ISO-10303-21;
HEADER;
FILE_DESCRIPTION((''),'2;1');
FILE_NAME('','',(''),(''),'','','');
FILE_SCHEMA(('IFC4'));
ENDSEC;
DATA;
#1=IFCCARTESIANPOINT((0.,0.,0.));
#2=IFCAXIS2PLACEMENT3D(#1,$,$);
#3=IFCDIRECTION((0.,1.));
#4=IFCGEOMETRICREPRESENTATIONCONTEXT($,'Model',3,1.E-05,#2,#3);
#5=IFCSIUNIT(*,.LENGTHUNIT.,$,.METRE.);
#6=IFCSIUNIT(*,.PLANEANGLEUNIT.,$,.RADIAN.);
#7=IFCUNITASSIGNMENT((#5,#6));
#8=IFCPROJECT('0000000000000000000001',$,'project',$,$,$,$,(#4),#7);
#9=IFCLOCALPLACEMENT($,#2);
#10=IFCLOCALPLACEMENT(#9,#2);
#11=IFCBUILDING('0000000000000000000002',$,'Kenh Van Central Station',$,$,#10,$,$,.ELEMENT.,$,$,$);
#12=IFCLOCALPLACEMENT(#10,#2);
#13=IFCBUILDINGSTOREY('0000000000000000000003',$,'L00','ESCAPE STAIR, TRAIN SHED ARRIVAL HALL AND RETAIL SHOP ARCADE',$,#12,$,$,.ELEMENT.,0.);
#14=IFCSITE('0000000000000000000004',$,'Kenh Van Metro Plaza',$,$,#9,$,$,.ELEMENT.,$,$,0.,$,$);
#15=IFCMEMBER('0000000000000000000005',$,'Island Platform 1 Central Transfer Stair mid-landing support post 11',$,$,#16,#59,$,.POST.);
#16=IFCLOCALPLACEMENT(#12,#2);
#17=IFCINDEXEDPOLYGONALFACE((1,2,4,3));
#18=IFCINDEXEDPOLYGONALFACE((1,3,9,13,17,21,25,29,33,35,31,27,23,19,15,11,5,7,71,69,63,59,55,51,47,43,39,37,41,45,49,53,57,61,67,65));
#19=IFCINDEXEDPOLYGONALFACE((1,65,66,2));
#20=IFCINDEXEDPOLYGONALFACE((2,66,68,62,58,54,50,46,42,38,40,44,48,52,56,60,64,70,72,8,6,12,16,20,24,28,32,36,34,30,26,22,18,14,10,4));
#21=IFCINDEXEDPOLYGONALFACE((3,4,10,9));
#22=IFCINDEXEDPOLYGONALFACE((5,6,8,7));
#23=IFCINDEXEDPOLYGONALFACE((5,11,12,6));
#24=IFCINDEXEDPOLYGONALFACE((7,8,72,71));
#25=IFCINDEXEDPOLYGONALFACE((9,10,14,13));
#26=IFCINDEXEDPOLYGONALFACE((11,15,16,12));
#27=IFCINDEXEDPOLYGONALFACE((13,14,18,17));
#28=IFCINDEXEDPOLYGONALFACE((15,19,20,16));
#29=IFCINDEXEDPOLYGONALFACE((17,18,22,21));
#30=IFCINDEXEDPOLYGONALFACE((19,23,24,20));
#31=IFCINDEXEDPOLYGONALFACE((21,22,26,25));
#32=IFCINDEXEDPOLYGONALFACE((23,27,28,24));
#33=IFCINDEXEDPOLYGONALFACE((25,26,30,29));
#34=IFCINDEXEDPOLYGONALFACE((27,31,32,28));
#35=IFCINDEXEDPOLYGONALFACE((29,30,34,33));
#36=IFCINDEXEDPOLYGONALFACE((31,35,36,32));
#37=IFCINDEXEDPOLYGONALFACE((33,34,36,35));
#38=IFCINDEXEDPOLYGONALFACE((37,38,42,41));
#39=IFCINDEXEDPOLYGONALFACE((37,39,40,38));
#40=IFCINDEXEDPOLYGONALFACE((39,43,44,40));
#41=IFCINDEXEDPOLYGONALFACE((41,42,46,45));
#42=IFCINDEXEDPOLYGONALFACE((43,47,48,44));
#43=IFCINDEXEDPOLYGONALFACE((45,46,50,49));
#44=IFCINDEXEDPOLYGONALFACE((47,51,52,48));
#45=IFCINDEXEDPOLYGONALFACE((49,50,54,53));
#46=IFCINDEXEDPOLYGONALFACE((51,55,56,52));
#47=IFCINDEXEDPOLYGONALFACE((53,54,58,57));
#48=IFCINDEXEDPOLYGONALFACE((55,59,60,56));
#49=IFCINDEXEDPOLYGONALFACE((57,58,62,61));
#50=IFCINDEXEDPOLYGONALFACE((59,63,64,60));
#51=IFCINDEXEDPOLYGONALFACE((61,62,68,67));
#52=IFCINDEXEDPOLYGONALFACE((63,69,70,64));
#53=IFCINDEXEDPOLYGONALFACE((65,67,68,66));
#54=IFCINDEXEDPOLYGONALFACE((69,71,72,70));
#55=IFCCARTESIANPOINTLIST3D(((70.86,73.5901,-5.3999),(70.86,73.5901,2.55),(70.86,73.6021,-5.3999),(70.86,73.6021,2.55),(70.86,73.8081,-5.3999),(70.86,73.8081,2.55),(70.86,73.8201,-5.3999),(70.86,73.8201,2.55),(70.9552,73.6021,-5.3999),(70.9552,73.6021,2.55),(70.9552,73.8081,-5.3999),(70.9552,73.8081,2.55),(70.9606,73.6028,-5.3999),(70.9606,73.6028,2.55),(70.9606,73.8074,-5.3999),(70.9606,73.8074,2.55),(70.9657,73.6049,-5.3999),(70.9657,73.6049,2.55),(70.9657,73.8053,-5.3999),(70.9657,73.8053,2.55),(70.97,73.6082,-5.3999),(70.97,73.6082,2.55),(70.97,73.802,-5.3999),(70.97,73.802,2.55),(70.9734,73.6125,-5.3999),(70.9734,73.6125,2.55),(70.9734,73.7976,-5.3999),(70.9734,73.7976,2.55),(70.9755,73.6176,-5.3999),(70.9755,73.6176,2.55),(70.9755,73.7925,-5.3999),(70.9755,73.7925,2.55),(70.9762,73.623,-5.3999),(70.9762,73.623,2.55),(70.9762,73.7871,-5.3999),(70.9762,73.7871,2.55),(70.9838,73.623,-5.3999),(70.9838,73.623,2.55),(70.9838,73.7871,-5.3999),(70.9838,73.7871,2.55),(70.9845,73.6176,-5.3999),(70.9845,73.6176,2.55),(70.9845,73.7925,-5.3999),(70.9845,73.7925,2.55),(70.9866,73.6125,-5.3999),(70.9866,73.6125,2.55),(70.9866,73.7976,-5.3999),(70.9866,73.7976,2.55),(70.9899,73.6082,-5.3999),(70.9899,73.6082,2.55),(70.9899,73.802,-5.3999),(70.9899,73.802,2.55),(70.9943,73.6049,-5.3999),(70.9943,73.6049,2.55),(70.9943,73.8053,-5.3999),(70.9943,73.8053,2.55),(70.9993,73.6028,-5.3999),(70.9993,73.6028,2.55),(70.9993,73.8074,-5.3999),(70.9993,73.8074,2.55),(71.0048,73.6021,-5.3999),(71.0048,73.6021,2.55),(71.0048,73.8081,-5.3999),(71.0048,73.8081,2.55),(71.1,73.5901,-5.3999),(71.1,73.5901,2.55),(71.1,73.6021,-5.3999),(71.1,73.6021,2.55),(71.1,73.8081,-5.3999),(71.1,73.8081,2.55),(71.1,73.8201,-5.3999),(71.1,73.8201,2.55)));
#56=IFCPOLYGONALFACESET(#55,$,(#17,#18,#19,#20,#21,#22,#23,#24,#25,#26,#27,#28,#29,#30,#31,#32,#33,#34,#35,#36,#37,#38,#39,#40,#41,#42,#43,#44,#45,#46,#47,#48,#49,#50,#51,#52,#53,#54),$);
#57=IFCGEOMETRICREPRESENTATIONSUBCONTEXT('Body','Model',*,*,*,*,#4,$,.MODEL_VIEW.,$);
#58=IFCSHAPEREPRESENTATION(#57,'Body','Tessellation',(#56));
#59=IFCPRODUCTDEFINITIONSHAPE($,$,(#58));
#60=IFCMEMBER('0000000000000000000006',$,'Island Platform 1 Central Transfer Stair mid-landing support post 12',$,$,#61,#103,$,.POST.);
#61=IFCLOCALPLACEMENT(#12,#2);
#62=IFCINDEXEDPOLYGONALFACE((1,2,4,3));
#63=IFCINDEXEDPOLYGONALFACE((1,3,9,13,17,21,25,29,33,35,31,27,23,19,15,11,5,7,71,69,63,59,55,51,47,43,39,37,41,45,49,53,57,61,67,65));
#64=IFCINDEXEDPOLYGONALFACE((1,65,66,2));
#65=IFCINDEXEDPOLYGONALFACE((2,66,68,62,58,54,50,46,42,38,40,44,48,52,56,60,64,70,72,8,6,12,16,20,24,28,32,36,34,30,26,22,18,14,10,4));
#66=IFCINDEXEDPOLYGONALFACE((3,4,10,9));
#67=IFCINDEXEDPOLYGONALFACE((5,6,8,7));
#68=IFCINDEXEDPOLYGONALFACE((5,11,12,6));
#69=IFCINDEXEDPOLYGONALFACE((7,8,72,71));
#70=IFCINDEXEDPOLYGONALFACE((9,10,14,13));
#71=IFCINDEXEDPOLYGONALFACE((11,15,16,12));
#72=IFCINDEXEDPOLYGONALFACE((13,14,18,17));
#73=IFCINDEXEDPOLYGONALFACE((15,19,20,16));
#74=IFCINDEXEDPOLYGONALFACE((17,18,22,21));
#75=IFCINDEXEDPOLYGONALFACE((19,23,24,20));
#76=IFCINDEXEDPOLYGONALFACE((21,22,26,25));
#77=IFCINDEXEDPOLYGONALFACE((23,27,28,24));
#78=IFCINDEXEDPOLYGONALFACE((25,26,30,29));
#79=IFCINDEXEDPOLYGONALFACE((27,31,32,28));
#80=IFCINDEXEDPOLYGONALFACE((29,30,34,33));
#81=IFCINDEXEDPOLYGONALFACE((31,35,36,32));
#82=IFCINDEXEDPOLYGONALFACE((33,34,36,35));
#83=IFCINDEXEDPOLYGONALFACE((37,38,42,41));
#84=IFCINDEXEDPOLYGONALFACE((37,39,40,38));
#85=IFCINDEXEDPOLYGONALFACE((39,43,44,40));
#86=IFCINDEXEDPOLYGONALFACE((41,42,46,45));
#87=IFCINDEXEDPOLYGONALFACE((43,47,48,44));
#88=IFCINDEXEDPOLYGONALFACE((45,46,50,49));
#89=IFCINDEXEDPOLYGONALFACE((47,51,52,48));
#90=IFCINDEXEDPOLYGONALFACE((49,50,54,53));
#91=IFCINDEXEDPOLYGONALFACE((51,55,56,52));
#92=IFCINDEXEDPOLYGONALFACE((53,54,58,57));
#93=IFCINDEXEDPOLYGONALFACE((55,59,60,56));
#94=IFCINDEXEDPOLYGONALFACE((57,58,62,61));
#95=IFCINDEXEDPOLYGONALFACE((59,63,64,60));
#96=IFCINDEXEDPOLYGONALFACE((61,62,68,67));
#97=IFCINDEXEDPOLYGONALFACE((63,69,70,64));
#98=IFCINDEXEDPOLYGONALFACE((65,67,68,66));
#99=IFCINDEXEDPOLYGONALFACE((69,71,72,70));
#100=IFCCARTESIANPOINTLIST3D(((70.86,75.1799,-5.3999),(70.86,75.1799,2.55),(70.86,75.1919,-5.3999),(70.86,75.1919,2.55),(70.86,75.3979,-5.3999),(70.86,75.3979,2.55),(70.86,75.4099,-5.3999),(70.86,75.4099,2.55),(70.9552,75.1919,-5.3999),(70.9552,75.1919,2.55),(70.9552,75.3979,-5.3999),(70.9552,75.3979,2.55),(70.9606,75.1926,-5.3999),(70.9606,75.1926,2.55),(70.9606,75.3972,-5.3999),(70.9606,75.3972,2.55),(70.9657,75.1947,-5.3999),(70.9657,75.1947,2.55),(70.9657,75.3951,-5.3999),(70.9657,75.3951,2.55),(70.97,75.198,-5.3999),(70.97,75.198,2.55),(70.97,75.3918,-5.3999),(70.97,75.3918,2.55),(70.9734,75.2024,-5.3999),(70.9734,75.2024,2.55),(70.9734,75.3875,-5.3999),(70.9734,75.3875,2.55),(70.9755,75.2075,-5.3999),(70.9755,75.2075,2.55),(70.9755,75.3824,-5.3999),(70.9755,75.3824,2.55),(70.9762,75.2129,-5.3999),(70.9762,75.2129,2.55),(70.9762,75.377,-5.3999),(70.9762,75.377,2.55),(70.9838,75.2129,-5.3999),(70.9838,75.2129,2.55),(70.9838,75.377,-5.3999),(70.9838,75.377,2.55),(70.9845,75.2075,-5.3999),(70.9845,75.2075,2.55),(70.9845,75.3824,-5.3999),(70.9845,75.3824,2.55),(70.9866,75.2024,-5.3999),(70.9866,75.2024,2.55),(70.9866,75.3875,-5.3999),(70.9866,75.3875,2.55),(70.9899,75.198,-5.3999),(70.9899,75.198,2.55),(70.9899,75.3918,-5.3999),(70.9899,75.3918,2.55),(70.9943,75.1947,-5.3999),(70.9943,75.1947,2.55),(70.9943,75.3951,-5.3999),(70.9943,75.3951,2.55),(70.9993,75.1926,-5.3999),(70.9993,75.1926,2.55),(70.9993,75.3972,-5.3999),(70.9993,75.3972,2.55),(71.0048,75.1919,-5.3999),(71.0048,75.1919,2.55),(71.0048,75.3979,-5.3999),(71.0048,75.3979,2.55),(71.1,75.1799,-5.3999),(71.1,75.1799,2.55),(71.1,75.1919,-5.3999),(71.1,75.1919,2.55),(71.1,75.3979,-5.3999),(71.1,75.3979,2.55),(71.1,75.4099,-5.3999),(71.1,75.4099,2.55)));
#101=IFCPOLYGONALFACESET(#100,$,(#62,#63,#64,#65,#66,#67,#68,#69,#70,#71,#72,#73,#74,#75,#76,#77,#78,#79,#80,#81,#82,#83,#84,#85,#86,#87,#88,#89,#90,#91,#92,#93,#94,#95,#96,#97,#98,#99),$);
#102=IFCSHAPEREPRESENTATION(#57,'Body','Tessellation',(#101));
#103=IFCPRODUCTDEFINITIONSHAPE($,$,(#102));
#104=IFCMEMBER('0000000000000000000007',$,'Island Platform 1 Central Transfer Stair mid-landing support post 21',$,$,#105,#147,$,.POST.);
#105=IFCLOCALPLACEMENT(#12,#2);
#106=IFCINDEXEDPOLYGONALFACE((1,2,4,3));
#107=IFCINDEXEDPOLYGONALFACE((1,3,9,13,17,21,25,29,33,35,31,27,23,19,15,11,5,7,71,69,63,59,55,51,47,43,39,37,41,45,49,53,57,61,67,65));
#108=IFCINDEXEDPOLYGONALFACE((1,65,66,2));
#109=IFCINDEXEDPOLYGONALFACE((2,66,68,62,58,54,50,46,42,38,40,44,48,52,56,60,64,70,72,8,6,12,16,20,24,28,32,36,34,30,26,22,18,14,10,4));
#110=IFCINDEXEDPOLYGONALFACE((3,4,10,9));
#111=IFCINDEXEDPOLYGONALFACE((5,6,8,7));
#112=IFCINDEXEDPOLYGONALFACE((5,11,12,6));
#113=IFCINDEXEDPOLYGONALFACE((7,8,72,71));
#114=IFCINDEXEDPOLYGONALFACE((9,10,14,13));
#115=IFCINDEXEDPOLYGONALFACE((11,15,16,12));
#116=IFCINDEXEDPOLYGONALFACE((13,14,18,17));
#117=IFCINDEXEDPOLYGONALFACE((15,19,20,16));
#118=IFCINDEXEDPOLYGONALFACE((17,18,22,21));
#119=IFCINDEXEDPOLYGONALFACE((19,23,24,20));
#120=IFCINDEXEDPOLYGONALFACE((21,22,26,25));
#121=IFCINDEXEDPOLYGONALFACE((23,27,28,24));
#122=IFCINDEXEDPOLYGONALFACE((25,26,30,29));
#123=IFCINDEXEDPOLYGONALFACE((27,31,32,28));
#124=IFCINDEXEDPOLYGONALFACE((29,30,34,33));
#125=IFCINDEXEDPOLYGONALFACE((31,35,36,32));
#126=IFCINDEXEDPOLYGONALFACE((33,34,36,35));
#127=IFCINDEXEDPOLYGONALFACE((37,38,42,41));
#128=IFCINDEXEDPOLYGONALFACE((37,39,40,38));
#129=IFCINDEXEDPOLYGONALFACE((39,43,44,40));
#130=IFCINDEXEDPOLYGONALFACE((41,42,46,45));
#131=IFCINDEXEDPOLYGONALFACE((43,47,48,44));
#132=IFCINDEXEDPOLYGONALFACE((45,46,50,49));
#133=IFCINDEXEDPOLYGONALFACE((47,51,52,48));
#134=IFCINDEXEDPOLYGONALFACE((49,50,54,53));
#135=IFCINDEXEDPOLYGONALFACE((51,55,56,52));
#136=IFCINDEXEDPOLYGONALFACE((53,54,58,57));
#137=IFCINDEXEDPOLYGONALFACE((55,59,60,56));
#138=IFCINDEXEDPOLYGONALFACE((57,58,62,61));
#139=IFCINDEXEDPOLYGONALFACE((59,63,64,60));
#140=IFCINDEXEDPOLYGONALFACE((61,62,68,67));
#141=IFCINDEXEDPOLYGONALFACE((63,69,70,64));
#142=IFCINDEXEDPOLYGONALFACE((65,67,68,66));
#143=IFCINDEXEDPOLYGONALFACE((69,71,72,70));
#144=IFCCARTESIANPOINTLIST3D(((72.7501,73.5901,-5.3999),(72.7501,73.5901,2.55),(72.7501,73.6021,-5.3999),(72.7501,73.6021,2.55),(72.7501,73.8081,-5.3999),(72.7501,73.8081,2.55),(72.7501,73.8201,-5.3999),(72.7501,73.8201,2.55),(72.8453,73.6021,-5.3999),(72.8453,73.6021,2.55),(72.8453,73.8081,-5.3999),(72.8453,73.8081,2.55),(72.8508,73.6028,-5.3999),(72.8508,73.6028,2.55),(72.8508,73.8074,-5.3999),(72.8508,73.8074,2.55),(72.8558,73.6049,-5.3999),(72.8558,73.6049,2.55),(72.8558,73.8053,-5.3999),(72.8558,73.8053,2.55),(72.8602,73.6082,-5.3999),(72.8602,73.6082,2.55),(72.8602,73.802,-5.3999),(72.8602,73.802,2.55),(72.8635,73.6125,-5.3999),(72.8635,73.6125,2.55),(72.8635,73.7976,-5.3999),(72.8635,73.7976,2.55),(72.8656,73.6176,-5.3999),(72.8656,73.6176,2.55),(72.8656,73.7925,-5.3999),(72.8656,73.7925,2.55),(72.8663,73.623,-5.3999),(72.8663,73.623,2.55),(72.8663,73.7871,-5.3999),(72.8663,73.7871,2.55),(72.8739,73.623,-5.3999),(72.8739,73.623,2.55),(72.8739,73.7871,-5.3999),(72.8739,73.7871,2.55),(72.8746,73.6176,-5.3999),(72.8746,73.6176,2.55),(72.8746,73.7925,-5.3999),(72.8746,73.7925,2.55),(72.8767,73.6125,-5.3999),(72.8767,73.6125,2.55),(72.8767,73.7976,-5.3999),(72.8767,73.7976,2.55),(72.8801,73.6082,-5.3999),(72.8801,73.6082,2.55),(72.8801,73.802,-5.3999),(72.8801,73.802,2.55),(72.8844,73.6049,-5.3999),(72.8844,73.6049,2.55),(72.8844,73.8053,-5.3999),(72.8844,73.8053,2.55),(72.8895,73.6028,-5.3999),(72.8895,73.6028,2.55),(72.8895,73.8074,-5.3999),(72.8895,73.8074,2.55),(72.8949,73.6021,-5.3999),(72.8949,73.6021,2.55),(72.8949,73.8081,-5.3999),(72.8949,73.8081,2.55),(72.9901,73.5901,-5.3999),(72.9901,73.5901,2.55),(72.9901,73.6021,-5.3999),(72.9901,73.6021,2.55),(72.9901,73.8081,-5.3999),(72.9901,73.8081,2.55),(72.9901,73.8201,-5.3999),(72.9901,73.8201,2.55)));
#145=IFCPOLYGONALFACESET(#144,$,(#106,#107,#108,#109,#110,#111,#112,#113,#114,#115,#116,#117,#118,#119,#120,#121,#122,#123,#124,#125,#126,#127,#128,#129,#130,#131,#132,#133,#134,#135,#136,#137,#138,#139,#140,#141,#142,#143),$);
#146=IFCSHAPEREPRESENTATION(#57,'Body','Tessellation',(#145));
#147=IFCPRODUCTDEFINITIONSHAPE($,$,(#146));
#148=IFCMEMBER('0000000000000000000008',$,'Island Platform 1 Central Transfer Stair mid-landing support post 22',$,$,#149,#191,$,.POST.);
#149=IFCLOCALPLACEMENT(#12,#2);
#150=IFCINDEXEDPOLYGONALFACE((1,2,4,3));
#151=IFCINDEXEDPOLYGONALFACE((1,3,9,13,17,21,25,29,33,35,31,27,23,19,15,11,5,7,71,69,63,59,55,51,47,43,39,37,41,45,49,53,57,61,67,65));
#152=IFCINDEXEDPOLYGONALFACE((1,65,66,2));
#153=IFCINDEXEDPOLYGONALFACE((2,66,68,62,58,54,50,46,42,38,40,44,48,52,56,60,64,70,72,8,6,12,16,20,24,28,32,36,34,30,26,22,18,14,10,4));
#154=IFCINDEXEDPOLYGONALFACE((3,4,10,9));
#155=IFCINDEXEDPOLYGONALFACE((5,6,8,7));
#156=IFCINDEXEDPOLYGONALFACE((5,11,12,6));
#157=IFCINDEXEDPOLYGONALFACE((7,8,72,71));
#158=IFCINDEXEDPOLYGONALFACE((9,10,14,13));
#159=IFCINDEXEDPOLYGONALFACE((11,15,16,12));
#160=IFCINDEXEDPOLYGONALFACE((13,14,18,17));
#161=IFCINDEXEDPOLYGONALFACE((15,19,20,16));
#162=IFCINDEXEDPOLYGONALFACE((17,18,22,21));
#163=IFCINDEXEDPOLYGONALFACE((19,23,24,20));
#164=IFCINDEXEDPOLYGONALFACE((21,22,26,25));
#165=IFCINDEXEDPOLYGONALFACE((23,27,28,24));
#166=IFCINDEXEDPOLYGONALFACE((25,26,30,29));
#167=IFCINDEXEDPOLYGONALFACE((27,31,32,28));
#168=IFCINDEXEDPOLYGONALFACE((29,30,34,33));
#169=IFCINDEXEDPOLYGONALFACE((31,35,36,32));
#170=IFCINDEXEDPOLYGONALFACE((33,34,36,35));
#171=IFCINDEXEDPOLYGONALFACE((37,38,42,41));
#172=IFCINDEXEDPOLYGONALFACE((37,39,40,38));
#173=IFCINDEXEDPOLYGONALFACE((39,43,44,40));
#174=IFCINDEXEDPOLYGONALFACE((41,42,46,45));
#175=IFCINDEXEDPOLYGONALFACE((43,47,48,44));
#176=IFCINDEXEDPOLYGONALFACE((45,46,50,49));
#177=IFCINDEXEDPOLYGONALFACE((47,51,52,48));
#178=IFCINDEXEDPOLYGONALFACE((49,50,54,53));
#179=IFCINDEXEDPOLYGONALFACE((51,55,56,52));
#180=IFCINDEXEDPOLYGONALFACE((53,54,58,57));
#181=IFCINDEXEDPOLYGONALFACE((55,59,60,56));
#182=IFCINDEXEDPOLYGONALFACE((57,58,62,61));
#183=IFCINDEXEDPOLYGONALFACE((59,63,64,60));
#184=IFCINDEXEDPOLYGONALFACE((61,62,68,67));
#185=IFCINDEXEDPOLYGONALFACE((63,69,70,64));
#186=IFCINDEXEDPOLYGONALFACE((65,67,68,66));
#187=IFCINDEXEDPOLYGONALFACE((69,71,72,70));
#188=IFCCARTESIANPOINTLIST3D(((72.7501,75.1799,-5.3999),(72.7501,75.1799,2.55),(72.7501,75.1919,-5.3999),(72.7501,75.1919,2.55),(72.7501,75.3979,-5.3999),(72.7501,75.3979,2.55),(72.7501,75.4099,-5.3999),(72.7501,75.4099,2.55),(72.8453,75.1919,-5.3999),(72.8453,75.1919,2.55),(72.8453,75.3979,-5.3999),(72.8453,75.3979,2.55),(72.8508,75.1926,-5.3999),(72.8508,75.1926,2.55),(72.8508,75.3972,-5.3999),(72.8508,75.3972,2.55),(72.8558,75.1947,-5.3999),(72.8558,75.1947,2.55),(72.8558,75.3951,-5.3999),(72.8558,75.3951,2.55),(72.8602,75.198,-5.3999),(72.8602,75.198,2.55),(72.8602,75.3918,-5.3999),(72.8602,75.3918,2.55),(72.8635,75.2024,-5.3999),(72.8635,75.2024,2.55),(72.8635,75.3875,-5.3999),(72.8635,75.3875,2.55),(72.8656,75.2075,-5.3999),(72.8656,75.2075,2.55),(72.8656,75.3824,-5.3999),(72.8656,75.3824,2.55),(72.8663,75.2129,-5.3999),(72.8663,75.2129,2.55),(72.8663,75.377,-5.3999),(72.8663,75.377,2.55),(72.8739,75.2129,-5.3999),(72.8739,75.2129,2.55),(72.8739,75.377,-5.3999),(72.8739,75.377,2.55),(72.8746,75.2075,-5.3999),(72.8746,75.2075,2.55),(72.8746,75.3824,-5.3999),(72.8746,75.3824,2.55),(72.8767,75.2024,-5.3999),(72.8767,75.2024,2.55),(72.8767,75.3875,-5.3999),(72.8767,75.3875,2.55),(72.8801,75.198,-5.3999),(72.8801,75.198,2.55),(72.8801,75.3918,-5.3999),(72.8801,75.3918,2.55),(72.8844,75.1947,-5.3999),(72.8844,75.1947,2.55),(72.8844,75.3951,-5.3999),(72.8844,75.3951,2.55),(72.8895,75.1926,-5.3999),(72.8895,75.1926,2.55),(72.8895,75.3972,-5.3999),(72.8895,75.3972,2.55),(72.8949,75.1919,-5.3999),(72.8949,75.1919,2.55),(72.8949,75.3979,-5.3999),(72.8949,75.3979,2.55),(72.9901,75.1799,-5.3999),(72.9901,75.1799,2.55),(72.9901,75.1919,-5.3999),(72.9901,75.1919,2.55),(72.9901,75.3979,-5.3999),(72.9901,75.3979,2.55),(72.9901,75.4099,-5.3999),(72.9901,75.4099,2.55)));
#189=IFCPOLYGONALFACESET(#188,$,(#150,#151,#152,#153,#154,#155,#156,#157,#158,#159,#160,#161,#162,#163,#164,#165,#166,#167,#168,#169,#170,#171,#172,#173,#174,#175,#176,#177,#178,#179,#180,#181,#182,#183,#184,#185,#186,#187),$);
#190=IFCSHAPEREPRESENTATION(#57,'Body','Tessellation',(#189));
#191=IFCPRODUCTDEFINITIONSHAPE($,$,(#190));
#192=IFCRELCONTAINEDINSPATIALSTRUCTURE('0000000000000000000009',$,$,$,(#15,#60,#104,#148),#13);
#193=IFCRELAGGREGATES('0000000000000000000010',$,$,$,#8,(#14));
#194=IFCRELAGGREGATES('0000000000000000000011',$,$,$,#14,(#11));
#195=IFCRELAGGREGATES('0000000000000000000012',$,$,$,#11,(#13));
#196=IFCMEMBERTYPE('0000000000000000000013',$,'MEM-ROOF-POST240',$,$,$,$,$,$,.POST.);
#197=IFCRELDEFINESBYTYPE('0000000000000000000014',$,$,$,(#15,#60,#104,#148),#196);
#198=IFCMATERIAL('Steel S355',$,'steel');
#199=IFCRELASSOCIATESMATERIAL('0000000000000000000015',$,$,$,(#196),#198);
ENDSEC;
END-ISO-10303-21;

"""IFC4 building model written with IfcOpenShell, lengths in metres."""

from ifc_helpers import new_model, si_unit, direction, frame, origin, origin_2d, place, context, subcontext, project, spatial, i_section, extrude, material, material_profile, profile_set, type_object, element, save


model = new_model("IFC4")

# Units and contexts
model_context = context("Model", 3, precision=1e-05, world=origin(), true_north=direction((0.0, 1.0)))
body_context = subcontext(model_context, "Body", "Model", "MODEL_VIEW")
ifc_project = project(units=[si_unit("LENGTHUNIT", "METRE"), si_unit("PLANEANGLEUNIT", "RADIAN")], contexts=[model_context])

# Site, building, storey
site_placement = place(None, origin())
site = spatial("IfcSite", under=ifc_project, at=site_placement, Name="Kenh Van Metro Plaza", CompositionType="ELEMENT", RefElevation=0.0)
building_placement = place(site_placement, origin())
building = spatial("IfcBuilding", under=site, at=building_placement, Name="Kenh Van Central Station", CompositionType="ELEMENT")
storey_placement = place(building_placement, origin())
storey = spatial("IfcBuildingStorey", under=building, at=storey_placement, Name="L00", Description="ESCAPE STAIR, TRAIN SHED ARRIVAL HALL AND RETAIL SHOP ARCADE", CompositionType="ELEMENT", Elevation=0.0)

# Members
ifc_material_1 = material(Name="Steel S355", Category="steel")
ifc_material_profile_1 = material_profile(ifc_material_1, i_section(OverallWidth=0.24, OverallDepth=0.23, WebThickness=0.0076, FlangeThickness=0.012, FilletRadius=0.021, at=origin_2d()), Name="HEA 240")
ifc_profile_set_1 = profile_set([ifc_material_profile_1], Name="Steel S355")
member_type = type_object("IfcMemberType", Name="MEM-ROOF-POST240", PredefinedType="POST", material=ifc_profile_set_1)
for number, where, z_axis, x_axis, name in (
    (1, (70.98, 73.7051, -5.3999), (0.0, 0.0, 1.0), (1.0, 0.0, 0.0), "Island Platform 1 Central Transfer Stair mid-landing support post 11"),
    (2, (70.98, 75.2949, -5.3999), (0.0, 0.0, 1.0), (1.0, 0.0, 0.0), "Island Platform 1 Central Transfer Stair mid-landing support post 12"),
    (3, (72.8701, 73.7051, -5.3999), (0.0, 0.0, 1.0), (1.0, 0.0, 0.0), "Island Platform 1 Central Transfer Stair mid-landing support post 21"),
    (4, (72.8701, 75.2949, -5.3999), (0.0, 0.0, 1.0), (1.0, 0.0, 0.0), "Island Platform 1 Central Transfer Stair mid-landing support post 22"),
):
    element("IfcMember", number, at=place(storey_placement, frame(where, z_axis=z_axis, x_axis=x_axis)), inside=storey, type_object=member_type, Name=name, PredefinedType="POST", context=body_context, shape_type="SweptSolid", body=[
        extrude(i_section(OverallWidth=0.24, OverallDepth=0.23, WebThickness=0.0076, FlangeThickness=0.012, FilletRadius=0.021, at=origin_2d()), origin(), (0.0, 0.0, 1.0), 7.95),
    ])

save(model, "model.ifc")
